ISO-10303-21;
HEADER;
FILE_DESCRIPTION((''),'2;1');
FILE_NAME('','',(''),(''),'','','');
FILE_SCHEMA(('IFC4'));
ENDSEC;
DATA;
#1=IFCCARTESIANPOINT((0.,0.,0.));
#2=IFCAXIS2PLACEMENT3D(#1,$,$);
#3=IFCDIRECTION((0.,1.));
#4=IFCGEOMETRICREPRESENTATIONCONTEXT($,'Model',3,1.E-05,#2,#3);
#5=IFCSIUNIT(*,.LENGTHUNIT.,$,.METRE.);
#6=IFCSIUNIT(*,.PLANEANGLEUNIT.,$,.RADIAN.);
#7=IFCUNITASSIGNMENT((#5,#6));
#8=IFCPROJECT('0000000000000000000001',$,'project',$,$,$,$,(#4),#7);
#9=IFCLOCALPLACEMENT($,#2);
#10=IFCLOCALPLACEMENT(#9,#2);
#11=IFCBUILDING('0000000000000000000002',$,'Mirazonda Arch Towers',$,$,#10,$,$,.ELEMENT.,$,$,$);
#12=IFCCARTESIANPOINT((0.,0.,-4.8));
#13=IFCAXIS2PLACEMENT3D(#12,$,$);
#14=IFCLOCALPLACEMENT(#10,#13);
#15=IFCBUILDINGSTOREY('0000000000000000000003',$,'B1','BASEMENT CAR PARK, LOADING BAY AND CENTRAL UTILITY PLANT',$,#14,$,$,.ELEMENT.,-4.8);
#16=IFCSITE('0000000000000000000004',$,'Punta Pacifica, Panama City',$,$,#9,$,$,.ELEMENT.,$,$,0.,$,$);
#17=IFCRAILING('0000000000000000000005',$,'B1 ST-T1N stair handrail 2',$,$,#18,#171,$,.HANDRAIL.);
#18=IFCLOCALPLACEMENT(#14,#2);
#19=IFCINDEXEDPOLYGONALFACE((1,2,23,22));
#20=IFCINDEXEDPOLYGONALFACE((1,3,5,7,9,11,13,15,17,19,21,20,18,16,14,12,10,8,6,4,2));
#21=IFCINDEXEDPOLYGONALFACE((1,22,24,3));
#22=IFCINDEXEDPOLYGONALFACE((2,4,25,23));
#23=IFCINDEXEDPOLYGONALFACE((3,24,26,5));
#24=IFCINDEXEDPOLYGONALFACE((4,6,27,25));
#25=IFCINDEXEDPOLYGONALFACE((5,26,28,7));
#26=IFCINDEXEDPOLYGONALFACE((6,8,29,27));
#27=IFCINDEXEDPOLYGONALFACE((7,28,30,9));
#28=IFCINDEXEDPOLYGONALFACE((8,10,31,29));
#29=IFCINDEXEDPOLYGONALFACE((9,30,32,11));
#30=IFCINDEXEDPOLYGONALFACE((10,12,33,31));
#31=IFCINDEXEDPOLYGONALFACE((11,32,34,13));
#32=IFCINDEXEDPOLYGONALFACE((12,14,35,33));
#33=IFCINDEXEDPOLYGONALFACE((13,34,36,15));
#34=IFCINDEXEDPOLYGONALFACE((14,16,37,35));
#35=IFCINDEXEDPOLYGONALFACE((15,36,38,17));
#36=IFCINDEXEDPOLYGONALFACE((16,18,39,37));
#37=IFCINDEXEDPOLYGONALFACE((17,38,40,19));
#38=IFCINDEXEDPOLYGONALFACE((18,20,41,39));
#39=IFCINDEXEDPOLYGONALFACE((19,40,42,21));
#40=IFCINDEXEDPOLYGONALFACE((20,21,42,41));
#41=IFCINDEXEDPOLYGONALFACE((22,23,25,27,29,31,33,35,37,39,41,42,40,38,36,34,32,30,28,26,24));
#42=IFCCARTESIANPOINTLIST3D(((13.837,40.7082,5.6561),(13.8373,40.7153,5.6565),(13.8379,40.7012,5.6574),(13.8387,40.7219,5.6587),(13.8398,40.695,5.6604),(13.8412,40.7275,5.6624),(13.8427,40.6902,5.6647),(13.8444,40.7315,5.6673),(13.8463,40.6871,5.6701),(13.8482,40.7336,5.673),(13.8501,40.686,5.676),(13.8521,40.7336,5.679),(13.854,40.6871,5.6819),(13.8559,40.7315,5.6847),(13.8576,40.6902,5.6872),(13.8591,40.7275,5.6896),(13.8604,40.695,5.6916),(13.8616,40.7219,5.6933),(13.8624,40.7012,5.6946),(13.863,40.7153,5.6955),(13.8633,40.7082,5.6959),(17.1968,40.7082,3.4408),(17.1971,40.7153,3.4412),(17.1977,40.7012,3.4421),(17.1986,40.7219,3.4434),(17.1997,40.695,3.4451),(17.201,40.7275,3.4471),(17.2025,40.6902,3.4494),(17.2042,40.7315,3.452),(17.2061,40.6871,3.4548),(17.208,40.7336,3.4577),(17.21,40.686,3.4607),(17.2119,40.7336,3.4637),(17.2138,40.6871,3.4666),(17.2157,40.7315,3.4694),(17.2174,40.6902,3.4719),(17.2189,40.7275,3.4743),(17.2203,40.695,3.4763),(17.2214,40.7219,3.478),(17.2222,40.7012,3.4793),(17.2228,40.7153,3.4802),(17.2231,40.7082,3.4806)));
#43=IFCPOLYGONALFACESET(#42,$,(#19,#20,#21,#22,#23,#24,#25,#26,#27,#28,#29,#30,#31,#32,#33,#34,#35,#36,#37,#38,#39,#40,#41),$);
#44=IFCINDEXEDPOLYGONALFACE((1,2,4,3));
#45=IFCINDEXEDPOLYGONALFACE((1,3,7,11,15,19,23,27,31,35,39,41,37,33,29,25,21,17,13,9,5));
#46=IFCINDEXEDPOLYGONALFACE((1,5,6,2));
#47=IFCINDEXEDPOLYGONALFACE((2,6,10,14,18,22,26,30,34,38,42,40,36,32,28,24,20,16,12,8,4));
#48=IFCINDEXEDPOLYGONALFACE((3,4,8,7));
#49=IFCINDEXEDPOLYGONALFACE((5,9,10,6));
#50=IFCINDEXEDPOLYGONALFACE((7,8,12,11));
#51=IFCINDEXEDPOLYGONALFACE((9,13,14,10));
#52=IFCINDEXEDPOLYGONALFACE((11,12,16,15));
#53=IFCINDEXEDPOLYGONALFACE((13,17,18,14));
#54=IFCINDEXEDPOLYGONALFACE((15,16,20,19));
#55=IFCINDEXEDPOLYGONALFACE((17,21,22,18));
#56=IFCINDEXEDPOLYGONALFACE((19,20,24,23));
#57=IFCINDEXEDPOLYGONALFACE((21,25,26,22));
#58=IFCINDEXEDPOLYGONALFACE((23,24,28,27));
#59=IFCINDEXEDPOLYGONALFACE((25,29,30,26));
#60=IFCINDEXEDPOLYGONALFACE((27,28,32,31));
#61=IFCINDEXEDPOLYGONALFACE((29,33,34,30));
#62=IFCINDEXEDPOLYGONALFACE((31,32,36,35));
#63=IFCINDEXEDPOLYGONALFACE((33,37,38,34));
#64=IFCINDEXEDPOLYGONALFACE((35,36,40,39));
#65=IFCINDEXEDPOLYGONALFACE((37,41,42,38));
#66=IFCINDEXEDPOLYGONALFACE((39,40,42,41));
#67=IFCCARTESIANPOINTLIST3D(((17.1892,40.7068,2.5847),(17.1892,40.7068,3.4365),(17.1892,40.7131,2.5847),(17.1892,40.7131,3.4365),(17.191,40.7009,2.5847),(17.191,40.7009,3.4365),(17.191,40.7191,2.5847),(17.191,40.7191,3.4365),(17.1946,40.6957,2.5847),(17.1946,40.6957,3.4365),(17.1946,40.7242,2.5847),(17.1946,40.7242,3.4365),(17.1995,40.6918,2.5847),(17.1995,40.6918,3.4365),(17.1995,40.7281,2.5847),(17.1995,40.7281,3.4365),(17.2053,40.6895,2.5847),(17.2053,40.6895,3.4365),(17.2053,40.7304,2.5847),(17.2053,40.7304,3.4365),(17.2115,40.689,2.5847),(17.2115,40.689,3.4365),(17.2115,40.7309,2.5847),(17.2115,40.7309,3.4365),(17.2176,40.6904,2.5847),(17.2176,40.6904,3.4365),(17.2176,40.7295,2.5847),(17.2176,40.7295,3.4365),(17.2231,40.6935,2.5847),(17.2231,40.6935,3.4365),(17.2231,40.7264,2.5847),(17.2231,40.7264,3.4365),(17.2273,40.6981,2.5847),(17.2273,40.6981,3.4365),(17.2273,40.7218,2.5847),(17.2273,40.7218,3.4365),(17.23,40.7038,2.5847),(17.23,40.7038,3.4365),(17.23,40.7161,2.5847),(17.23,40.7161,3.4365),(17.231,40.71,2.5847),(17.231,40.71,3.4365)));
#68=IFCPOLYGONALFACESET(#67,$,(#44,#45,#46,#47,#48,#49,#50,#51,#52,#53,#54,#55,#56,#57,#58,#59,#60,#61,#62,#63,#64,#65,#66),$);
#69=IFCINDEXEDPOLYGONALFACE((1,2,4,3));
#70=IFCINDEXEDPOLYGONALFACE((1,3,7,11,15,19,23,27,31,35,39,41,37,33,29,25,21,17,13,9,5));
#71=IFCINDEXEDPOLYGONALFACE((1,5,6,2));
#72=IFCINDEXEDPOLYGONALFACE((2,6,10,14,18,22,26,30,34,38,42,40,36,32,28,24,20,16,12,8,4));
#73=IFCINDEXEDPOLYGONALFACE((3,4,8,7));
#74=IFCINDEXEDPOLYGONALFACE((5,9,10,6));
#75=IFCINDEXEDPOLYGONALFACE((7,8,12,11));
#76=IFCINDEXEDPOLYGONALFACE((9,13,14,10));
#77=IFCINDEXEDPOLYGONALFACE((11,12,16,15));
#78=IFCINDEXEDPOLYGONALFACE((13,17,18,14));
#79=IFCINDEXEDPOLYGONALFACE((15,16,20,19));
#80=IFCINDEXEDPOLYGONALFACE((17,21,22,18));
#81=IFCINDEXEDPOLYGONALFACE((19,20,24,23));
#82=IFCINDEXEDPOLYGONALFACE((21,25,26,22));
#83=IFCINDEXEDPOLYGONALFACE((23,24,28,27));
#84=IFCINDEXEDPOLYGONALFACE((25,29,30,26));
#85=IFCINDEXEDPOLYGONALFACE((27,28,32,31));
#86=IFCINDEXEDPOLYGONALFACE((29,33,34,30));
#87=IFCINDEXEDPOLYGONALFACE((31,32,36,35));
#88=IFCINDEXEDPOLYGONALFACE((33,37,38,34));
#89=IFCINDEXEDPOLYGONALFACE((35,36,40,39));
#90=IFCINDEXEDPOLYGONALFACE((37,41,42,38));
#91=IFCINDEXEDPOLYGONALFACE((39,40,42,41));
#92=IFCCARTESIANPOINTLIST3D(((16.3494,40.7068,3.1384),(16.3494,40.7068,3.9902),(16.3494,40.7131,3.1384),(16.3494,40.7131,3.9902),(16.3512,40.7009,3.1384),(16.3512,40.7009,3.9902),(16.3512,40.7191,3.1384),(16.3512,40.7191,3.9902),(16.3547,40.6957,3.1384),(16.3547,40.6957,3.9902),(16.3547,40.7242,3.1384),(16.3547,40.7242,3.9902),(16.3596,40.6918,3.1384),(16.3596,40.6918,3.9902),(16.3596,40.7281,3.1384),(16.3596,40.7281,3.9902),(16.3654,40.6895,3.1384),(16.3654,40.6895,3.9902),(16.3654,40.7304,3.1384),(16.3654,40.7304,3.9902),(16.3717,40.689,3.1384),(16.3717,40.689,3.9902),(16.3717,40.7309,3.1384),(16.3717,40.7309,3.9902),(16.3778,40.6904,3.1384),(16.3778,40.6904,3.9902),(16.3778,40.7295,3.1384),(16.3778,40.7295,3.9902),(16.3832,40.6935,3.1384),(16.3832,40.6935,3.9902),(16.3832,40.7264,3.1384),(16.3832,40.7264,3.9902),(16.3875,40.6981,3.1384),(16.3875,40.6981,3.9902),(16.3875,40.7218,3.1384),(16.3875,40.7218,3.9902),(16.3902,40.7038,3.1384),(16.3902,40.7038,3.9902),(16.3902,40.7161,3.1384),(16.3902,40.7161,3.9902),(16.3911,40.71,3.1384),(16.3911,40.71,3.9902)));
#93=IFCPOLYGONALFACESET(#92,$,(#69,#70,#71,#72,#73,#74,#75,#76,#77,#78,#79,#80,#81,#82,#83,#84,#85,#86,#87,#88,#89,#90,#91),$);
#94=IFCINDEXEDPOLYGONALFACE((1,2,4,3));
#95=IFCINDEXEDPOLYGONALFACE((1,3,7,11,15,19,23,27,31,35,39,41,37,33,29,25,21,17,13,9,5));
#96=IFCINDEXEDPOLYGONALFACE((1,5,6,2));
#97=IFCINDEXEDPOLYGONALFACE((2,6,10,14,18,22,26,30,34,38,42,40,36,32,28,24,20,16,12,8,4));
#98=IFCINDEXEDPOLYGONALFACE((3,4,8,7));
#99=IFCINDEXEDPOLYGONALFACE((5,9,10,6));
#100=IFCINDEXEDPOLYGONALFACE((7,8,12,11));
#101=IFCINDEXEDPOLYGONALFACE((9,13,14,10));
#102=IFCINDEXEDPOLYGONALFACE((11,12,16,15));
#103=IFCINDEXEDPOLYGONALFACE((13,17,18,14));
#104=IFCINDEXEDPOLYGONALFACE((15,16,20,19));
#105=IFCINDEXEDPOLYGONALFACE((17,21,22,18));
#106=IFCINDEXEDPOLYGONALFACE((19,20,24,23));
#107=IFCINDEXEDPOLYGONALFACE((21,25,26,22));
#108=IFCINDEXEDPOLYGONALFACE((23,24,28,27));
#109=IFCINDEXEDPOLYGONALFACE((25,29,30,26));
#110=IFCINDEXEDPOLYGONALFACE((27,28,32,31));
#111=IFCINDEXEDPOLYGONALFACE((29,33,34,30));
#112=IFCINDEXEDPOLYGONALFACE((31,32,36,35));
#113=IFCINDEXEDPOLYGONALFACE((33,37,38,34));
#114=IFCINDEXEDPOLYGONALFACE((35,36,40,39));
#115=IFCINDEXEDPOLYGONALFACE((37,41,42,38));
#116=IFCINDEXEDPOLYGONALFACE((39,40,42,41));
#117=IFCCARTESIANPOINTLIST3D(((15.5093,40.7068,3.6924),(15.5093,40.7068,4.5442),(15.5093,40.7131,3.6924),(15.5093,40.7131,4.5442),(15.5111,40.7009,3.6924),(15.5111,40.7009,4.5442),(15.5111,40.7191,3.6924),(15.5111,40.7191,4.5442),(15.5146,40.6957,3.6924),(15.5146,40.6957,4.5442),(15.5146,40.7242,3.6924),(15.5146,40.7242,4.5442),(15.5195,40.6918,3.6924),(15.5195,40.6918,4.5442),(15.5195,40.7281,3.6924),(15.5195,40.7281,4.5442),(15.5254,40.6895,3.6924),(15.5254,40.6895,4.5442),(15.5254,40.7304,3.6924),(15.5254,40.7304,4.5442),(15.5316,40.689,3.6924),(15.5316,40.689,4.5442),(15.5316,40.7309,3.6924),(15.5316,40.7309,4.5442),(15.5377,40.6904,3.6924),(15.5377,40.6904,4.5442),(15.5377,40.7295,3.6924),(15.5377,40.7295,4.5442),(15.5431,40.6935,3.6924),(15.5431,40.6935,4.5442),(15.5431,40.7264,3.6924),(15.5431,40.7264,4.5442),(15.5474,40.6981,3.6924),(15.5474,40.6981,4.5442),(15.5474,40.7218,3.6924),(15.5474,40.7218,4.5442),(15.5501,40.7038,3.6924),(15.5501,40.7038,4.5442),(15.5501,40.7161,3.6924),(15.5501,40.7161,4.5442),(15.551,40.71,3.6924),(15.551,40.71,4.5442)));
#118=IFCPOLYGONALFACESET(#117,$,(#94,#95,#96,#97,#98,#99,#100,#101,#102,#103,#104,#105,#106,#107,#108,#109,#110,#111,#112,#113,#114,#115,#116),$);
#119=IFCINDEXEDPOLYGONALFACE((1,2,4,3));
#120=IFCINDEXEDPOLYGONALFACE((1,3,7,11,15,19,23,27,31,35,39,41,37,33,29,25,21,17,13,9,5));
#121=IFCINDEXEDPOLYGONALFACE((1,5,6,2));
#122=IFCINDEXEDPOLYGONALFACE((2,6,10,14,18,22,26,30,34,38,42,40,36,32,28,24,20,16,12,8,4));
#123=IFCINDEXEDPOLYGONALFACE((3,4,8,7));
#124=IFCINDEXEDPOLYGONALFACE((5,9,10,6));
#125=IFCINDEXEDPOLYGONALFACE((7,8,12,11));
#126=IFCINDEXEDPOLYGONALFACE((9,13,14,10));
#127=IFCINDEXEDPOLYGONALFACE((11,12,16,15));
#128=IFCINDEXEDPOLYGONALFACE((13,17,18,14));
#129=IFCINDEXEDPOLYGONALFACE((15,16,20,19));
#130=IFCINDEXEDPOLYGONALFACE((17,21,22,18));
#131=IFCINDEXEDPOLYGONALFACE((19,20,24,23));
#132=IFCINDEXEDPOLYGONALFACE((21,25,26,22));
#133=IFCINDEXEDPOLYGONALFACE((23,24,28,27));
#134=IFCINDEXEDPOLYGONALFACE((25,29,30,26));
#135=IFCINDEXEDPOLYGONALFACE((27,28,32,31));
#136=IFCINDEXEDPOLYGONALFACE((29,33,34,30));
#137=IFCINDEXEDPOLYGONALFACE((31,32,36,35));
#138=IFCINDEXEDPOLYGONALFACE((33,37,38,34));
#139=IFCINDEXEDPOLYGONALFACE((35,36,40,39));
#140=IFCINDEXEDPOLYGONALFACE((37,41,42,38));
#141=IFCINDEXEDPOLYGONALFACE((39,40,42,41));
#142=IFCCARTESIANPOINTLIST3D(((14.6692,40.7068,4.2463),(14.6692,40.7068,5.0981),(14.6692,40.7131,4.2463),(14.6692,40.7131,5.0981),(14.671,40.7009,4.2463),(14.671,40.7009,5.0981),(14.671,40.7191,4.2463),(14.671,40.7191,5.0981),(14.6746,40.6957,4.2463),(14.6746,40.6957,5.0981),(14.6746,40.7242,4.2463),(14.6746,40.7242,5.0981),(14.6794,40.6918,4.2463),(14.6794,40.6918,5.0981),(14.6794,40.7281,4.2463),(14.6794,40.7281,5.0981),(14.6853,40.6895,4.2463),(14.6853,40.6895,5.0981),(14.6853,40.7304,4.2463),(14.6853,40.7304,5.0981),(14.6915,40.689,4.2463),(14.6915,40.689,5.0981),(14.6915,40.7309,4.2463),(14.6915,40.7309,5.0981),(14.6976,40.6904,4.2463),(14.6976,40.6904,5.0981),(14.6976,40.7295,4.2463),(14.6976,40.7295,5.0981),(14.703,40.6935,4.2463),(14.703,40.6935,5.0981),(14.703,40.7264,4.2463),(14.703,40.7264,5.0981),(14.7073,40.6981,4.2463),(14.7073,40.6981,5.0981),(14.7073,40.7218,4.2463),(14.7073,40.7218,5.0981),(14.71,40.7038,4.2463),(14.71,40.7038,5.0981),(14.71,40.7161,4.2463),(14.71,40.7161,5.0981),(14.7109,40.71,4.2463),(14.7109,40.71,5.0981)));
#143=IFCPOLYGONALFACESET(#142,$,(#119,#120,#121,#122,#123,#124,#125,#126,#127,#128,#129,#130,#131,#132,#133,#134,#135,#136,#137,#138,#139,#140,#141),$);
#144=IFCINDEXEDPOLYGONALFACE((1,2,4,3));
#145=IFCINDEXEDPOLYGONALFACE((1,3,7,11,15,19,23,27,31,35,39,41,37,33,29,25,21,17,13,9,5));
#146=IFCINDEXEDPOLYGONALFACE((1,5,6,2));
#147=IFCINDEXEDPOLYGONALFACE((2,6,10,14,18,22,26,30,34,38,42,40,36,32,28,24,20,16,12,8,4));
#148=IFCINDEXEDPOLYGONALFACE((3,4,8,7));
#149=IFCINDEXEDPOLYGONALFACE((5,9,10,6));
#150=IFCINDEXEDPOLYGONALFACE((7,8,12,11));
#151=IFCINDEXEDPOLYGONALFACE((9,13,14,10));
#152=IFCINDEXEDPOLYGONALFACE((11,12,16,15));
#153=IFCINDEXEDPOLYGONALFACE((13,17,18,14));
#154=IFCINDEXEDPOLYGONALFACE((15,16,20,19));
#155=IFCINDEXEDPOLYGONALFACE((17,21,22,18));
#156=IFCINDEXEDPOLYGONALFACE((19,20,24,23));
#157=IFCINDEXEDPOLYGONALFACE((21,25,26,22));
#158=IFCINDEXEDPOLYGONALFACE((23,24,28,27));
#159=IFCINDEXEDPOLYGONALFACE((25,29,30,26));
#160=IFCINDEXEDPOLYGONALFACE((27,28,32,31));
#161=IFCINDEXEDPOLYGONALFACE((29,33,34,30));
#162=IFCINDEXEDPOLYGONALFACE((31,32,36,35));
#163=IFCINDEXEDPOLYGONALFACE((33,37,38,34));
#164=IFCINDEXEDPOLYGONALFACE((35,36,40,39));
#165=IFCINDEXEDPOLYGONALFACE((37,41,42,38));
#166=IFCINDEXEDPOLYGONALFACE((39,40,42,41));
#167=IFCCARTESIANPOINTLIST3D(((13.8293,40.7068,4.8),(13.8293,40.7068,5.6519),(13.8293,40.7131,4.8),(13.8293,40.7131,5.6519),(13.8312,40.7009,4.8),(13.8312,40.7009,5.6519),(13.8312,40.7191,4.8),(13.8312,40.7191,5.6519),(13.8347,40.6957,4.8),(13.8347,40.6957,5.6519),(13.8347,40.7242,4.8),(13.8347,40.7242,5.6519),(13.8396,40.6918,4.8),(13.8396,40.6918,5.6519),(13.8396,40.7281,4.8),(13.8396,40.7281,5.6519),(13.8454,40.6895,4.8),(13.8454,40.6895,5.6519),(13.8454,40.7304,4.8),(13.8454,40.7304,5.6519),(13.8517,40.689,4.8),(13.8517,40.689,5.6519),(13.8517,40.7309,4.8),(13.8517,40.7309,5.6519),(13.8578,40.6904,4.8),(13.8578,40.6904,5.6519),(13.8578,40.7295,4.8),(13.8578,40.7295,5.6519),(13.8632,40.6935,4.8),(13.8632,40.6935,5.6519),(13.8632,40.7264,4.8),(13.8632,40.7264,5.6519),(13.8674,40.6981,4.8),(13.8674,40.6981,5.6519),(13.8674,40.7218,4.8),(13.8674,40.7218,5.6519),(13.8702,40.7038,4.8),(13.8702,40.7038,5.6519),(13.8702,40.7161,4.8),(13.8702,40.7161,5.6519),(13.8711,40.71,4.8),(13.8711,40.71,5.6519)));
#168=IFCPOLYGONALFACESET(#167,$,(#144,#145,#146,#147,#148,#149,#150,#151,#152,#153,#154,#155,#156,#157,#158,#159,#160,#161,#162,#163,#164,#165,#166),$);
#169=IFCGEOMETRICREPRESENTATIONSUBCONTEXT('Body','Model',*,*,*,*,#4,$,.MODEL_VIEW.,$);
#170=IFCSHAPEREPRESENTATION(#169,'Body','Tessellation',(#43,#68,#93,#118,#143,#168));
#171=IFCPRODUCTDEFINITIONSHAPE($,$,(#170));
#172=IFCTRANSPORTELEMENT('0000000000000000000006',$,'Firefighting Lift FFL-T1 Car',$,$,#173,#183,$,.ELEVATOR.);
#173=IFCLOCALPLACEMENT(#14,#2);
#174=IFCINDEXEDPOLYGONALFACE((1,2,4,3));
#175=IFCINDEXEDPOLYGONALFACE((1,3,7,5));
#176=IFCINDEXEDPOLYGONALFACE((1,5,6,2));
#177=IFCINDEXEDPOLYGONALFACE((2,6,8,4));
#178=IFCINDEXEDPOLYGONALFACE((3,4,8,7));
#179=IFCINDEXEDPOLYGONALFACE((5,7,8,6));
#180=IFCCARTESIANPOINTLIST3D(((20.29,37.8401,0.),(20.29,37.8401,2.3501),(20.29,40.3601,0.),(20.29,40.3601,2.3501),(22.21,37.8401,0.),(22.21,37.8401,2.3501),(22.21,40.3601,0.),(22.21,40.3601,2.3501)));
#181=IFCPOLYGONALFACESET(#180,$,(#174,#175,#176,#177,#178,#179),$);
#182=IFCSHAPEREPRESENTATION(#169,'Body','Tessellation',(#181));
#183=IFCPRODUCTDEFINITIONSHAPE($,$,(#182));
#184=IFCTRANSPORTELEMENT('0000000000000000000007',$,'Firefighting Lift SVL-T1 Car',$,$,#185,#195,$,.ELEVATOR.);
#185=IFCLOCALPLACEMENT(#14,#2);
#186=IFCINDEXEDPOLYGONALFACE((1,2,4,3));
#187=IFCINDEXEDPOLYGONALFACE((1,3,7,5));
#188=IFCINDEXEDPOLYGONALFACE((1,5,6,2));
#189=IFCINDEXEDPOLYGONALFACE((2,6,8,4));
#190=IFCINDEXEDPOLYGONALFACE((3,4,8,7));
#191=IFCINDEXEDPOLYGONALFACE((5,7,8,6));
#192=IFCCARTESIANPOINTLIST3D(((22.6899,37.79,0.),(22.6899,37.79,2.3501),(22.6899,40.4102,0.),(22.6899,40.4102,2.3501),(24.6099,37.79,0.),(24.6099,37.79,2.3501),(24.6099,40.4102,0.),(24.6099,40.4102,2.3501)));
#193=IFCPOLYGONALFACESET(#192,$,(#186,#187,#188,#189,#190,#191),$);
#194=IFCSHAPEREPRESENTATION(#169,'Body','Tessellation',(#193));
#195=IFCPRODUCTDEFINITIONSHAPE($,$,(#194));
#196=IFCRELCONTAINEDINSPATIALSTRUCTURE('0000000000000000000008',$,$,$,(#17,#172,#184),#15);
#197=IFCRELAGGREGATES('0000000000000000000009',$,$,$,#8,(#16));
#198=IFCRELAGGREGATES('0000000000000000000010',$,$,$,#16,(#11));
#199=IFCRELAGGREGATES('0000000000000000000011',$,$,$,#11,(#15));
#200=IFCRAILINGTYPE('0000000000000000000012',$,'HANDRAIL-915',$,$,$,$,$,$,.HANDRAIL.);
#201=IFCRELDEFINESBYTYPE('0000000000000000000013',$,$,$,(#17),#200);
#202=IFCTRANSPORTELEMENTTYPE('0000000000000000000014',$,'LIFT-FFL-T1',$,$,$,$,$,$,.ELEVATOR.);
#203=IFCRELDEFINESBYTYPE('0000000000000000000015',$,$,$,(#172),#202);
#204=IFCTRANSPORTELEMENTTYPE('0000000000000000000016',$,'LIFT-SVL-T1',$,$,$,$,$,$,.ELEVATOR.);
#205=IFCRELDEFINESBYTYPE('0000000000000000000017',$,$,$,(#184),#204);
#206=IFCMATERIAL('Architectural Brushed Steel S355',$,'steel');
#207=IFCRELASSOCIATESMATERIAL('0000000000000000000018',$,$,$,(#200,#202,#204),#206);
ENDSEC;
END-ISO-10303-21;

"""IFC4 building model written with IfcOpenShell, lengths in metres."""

from ifc_helpers import new_model, si_unit, direction, frame, origin, origin_2d, place, context, subcontext, project, spatial, rectangle, circle, extrude, material, type_object, element, save


model = new_model("IFC4")

# Units and contexts
model_context = context("Model", 3, precision=1e-05, world=origin(), true_north=direction((0.0, 1.0)))
body_context = subcontext(model_context, "Body", "Model", "MODEL_VIEW")
ifc_project = project(units=[si_unit("LENGTHUNIT", "METRE"), si_unit("PLANEANGLEUNIT", "RADIAN")], contexts=[model_context])

# Site, building, storey
site_placement = place(None, origin())
site = spatial("IfcSite", under=ifc_project, at=site_placement, Name="Punta Pacifica, Panama City", CompositionType="ELEMENT", RefElevation=0.0)
building_placement = place(site_placement, origin())
building = spatial("IfcBuilding", under=site, at=building_placement, Name="Mirazonda Arch Towers", CompositionType="ELEMENT")
storey_placement = place(building_placement, frame((0.0, 0.0, -4.8)))
storey = spatial("IfcBuildingStorey", under=building, at=storey_placement, Name="B1", Description="BASEMENT CAR PARK, LOADING BAY AND CENTRAL UTILITY PLANT", CompositionType="ELEMENT", Elevation=-4.8)

# Railing
ifc_material_1 = material(Name="Architectural Brushed Steel S355", Category="steel")
railing_type_1 = type_object("IfcRailingType", Name="HANDRAIL-915", PredefinedType="HANDRAIL", material=ifc_material_1)
railing_1_placement = place(storey_placement, frame((17.21, 40.71, 2.5847)))
element("IfcRailing", 1, at=railing_1_placement, inside=storey, type_object=railing_type_1, Name="B1 ST-T1N stair handrail 2", PredefinedType="HANDRAIL", context=body_context, shape_type="SweptSolid", body=[
    extrude(circle(Radius=0.0239, at=origin_2d()), frame((0.0, 0.0, 0.876), z_axis=(-0.834858, 0.0, 0.550465), x_axis=(0.0, -1.0, 0.0)), (0.0, 0.0, 1.0), 4.0244),
    extrude(circle(Radius=0.021, at=origin_2d()), origin(), (0.0, 0.0, 1.0), 0.8518),
    extrude(circle(Radius=0.021, at=origin_2d()), frame((-0.8398, 0.0, 0.5537)), (0.0, 0.0, 1.0), 0.8518),
    extrude(circle(Radius=0.021, at=origin_2d()), frame((-1.6799, 0.0, 1.1077)), (0.0, 0.0, 1.0), 0.8518),
    extrude(circle(Radius=0.021, at=origin_2d()), frame((-2.52, 0.0, 1.6616)), (0.0, 0.0, 1.0), 0.8518),
    extrude(circle(Radius=0.021, at=origin_2d()), frame((-3.3599, 0.0, 2.2153)), (0.0, 0.0, 1.0), 0.8518),
])

# Transport elements
transport_element_type_1 = type_object("IfcTransportElementType", Name="LIFT-FFL-T1", PredefinedType="ELEVATOR", material=ifc_material_1)
transport_element_1_placement = place(storey_placement, frame((21.25, 39.1001, 0.0), z_axis=(0.0, 0.0, 1.0), x_axis=(1.0, 0.0, 0.0)))
element("IfcTransportElement", 2, at=transport_element_1_placement, inside=storey, type_object=transport_element_type_1, Name="Firefighting Lift FFL-T1 Car", PredefinedType="ELEVATOR", context=body_context, shape_type="SweptSolid", body=[
    extrude(rectangle(XDim=1.9199, YDim=2.52, at=origin_2d()), origin(), (0.0, 0.0, 1.0), 2.3501),
])
transport_element_type_2 = type_object("IfcTransportElementType", Name="LIFT-SVL-T1", PredefinedType="ELEVATOR", material=ifc_material_1)
transport_element_2_placement = place(storey_placement, frame((23.6499, 39.1001, 0.0), z_axis=(0.0, 0.0, 1.0), x_axis=(1.0, 0.0, 0.0)))
element("IfcTransportElement", 3, at=transport_element_2_placement, inside=storey, type_object=transport_element_type_2, Name="Firefighting Lift SVL-T1 Car", PredefinedType="ELEVATOR", context=body_context, shape_type="SweptSolid", body=[
    extrude(rectangle(XDim=1.9199, YDim=2.6201, at=origin_2d()), origin(), (0.0, 0.0, 1.0), 2.3501),
])

save(model, "model.ifc")
